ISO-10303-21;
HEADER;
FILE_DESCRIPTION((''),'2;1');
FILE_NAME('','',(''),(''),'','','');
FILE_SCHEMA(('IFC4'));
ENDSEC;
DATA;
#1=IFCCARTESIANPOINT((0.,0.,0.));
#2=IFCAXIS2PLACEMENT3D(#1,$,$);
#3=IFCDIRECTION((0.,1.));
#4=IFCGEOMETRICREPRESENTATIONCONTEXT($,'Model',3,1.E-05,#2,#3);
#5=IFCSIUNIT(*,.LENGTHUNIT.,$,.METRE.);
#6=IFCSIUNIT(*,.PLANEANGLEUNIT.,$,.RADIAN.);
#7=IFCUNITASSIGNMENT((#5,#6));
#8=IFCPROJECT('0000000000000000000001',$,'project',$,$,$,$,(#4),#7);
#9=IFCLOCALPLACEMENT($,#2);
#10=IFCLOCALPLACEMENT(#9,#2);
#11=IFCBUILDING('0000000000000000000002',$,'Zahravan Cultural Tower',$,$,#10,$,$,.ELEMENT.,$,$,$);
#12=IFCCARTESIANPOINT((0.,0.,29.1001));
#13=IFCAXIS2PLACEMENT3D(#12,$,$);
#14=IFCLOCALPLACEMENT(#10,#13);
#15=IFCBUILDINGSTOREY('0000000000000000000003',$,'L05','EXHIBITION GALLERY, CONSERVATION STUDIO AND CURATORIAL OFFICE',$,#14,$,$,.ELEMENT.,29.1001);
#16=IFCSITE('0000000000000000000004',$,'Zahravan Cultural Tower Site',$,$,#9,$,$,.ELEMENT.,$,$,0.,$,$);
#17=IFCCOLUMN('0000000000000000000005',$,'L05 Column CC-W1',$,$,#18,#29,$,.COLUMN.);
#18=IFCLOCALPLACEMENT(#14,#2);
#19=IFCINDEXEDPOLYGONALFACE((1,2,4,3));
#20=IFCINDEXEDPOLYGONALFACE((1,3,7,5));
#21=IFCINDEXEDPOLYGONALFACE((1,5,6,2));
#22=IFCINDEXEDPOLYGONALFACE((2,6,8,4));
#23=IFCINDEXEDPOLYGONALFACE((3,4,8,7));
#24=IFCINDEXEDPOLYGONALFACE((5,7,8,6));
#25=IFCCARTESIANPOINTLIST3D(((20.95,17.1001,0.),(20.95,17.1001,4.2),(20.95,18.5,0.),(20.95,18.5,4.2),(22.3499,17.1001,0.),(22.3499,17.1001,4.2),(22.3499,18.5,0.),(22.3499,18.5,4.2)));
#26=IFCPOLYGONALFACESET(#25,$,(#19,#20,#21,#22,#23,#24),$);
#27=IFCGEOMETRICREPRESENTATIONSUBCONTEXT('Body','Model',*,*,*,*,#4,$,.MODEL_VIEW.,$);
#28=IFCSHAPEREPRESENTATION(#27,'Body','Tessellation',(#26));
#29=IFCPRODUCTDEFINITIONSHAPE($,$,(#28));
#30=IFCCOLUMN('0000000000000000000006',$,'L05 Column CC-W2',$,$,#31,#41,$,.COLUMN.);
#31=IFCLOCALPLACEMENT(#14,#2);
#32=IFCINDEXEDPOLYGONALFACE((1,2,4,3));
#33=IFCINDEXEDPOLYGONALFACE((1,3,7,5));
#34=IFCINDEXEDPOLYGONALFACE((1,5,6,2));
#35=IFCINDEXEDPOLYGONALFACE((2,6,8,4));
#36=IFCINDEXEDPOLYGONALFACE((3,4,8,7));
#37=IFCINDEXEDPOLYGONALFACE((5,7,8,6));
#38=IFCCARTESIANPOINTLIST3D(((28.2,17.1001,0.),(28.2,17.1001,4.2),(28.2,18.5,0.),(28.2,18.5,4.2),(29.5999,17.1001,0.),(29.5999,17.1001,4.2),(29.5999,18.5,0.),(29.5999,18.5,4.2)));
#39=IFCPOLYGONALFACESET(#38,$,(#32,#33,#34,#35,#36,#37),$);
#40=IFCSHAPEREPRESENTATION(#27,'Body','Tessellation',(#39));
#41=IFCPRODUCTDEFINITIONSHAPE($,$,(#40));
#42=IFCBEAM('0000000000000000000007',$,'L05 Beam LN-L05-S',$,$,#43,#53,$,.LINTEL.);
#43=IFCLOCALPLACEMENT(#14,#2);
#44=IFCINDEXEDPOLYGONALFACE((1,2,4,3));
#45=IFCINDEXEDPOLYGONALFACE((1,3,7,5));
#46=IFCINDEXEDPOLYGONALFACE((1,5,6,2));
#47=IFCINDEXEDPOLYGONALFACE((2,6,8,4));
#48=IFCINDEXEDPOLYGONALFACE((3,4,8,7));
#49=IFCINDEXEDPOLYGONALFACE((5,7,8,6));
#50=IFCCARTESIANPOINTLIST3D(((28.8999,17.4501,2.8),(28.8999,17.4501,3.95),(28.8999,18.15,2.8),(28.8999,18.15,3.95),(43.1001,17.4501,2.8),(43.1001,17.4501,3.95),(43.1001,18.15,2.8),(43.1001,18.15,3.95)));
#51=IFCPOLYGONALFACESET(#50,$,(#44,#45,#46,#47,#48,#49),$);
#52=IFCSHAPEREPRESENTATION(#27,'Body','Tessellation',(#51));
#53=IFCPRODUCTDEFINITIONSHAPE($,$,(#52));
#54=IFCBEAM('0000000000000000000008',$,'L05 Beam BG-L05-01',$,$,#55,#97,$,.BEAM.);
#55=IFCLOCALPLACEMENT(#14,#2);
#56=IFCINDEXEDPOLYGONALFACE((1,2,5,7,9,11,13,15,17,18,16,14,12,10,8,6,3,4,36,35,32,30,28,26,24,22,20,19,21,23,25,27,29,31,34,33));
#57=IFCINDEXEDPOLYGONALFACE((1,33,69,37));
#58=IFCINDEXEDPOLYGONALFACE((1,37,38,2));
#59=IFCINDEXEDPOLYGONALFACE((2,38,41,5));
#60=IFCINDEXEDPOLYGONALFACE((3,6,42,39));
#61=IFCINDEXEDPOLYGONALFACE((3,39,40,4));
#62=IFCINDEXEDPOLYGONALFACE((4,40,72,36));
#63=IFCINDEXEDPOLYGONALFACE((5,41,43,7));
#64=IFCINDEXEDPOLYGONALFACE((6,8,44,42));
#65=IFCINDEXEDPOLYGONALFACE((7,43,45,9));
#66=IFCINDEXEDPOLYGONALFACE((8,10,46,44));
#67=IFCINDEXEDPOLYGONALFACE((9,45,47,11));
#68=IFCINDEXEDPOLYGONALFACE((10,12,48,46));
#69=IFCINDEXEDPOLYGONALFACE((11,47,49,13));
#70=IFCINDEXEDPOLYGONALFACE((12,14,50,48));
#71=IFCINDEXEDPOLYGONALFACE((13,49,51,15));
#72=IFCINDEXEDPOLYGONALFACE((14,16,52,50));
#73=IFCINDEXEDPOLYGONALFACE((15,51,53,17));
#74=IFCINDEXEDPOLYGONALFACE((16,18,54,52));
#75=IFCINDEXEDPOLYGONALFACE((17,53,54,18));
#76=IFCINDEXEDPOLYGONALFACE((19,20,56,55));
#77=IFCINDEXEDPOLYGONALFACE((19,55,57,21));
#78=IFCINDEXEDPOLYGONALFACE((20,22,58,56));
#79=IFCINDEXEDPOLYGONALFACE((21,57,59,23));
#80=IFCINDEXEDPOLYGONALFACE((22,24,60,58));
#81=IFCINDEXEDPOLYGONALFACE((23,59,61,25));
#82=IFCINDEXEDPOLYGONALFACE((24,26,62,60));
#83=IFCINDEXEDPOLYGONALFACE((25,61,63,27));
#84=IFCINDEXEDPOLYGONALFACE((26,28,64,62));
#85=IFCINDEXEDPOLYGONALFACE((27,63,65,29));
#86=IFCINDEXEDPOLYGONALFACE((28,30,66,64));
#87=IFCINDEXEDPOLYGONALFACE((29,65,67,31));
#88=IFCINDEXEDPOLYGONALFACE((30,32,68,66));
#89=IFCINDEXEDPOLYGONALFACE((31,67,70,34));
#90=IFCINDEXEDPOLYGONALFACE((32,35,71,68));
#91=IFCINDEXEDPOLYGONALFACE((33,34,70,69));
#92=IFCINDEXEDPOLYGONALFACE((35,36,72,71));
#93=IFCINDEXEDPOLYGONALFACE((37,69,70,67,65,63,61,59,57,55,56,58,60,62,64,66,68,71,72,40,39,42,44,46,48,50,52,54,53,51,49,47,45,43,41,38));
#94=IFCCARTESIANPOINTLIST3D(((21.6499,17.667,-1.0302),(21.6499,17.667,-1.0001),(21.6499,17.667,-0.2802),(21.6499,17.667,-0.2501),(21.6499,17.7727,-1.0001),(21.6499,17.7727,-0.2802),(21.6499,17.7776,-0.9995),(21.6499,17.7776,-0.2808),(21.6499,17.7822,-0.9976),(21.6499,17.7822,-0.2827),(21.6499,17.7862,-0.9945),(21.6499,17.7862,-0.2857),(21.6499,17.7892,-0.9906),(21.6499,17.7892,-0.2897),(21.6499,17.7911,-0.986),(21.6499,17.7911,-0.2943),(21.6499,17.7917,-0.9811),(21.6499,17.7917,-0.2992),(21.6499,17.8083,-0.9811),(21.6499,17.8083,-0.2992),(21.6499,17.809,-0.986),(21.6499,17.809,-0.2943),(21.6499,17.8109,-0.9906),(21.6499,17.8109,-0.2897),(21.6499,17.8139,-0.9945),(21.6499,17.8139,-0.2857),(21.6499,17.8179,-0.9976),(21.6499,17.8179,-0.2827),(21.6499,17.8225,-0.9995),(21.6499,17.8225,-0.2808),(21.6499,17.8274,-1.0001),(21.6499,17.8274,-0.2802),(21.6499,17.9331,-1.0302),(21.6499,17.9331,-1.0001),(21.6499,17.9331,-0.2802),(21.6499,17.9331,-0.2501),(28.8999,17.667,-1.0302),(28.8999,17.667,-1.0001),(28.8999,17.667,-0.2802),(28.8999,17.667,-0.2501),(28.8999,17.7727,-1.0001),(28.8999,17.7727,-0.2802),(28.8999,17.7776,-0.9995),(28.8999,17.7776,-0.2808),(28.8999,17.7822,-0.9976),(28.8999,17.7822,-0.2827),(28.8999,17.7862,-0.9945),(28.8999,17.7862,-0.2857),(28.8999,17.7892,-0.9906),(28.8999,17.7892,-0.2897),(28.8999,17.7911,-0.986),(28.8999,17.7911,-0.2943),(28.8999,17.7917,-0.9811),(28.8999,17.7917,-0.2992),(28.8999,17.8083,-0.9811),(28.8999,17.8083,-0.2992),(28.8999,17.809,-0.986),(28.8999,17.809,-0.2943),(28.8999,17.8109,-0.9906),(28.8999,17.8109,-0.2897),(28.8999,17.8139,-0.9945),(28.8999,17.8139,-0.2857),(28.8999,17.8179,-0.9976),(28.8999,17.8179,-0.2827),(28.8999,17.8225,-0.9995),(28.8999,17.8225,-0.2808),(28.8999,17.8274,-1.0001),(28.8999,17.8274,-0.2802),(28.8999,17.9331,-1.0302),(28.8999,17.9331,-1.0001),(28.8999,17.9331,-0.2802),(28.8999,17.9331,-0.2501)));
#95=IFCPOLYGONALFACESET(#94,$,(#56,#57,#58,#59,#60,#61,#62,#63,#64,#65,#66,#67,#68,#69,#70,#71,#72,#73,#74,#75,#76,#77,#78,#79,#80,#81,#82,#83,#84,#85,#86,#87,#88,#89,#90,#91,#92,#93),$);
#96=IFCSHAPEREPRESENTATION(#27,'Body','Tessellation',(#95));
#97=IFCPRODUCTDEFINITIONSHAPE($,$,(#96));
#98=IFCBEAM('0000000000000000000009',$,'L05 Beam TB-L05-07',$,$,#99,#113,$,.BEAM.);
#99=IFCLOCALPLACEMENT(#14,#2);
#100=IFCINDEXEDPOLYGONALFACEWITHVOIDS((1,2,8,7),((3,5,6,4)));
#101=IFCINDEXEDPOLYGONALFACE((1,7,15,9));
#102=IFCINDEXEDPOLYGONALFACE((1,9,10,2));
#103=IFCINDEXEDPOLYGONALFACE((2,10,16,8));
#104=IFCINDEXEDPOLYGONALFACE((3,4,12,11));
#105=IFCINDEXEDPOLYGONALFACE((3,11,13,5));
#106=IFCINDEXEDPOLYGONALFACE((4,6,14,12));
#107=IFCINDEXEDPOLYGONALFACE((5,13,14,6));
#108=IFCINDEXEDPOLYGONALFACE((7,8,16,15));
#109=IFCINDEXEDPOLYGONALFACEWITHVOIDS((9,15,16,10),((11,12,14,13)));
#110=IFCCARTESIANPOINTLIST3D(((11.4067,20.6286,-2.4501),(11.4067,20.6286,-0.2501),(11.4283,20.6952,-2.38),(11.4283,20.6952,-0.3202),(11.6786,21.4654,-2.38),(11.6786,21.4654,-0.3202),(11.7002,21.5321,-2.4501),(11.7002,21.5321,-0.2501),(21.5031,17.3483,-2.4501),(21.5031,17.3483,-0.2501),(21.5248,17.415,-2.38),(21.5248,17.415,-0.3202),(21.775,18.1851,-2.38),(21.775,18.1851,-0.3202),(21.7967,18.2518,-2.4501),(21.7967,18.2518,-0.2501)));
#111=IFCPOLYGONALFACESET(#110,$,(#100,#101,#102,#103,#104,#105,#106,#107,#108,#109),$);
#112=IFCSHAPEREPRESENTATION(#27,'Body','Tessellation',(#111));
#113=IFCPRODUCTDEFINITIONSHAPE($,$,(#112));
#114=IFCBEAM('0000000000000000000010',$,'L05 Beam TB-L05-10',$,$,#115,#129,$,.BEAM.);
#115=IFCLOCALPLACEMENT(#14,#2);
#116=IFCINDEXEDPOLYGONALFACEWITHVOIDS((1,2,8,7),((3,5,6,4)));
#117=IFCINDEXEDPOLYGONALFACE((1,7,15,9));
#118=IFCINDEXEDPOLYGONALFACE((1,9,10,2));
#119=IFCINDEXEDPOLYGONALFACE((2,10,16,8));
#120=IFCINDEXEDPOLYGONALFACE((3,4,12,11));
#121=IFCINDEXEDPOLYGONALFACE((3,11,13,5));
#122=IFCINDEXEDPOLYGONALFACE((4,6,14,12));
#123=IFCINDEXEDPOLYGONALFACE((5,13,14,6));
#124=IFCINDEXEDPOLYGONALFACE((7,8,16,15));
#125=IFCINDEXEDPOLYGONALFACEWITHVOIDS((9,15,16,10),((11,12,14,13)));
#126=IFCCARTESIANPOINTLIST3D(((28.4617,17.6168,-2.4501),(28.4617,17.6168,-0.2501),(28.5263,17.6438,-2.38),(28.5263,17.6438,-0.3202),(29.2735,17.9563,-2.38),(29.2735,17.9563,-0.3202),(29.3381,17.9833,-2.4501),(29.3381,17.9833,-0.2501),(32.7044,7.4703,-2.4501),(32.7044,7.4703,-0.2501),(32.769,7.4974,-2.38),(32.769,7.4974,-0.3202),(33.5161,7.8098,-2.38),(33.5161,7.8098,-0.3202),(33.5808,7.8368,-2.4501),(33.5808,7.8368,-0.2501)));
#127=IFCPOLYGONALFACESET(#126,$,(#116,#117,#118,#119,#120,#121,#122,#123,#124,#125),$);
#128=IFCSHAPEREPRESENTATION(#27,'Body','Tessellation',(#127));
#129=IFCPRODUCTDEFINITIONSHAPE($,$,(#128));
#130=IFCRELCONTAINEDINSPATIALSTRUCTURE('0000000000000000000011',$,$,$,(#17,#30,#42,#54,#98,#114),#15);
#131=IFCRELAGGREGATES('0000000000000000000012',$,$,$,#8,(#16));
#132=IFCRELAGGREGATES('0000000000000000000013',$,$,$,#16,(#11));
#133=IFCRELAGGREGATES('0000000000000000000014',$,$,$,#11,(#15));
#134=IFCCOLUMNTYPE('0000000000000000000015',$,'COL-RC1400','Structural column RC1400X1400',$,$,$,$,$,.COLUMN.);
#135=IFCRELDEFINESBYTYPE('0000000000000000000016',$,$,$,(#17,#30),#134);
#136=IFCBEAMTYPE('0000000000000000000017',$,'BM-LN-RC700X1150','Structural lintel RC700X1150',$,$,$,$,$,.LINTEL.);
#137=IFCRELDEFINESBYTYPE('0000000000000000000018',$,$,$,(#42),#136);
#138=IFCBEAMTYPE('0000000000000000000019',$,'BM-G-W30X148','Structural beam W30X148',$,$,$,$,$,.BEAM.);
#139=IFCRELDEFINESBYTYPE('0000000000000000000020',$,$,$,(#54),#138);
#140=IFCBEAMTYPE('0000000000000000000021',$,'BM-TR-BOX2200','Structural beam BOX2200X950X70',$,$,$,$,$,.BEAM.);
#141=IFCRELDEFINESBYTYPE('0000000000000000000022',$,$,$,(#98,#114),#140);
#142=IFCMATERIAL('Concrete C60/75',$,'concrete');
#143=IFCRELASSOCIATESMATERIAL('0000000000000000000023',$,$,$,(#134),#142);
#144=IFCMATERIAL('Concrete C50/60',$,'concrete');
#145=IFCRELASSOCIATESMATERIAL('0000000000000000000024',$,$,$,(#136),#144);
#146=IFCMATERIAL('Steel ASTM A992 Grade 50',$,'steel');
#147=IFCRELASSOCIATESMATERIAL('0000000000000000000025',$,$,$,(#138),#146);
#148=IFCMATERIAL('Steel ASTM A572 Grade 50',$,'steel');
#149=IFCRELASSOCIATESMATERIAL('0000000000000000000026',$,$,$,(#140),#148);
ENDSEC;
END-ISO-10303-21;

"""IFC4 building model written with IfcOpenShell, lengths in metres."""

from ifc_helpers import new_model, si_unit, direction, frame, origin, origin_2d, place, context, subcontext, project, spatial, rectangle, hollow_rectangle, i_section, extrude, source, transform, mapped, material, material_profile, profile_set, type_object, element, save


model = new_model("IFC4")

# Units and contexts
model_context = context("Model", 3, precision=1e-05, world=origin(), true_north=direction((0.0, 1.0)))
body_context = subcontext(model_context, "Body", "Model", "MODEL_VIEW")
ifc_project = project(units=[si_unit("LENGTHUNIT", "METRE"), si_unit("PLANEANGLEUNIT", "RADIAN")], contexts=[model_context])

# Site, building, storey
site_placement = place(None, origin())
site = spatial("IfcSite", under=ifc_project, at=site_placement, Name="Zahravan Cultural Tower Site", CompositionType="ELEMENT", RefElevation=0.0)
building_placement = place(site_placement, origin())
building = spatial("IfcBuilding", under=site, at=building_placement, Name="Zahravan Cultural Tower", CompositionType="ELEMENT")
storey_placement = place(building_placement, frame((0.0, 0.0, 29.1001)))
storey = spatial("IfcBuildingStorey", under=building, at=storey_placement, Name="L05", Description="EXHIBITION GALLERY, CONSERVATION STUDIO AND CURATORIAL OFFICE", CompositionType="ELEMENT", Elevation=29.1001)

# Columns
ifc_material_1 = material(Name="Concrete C60/75", Category="concrete")
ifc_material_profile_1 = material_profile(ifc_material_1, rectangle(XDim=1.3999, YDim=1.3999, at=origin_2d()), Name="RC1400X1400")
ifc_profile_set_1 = profile_set([ifc_material_profile_1], Name="Concrete C60/75")
column_type = type_object("IfcColumnType", Name="COL-RC1400", Description="Structural column RC1400X1400", PredefinedType="COLUMN", material=ifc_profile_set_1)
shared_shape_1 = source(origin(), body_context, "Body", "SweptSolid", [
    extrude(rectangle(XDim=1.3999, YDim=1.3999, at=origin_2d()), origin(), (0.0, 0.0, 1.0), 4.2),
])
for number, where, z_axis, x_axis, name in (
    (1, (21.6499, 17.8, 0.0), (0.0, 0.0, 1.0), (1.0, 0.0, 0.0), "L05 Column CC-W1"),
    (2, (28.8999, 17.8, 0.0), (0.0, 0.0, 1.0), (1.0, 0.0, 0.0), "L05 Column CC-W2"),
):
    element("IfcColumn", number, at=place(storey_placement, frame(where, z_axis=z_axis, x_axis=x_axis)), inside=storey, type_object=column_type, Name=name, PredefinedType="COLUMN", context=body_context, shape_type="MappedRepresentation", body=[
        mapped(shared_shape_1, transform((0.0, 0.0, 0.0), x_axis=(1.0, 0.0, 0.0), y_axis=(0.0, 1.0, 0.0), z_axis=(0.0, 0.0, 1.0), scale=1.0)),
    ])

# Beams
ifc_material_2 = material(Name="Concrete C50/60", Category="concrete")
ifc_material_profile_2 = material_profile(ifc_material_2, rectangle(XDim=0.7, YDim=1.1499, at=origin_2d()), Name="RC700X1150")
ifc_profile_set_2 = profile_set([ifc_material_profile_2], Name="Concrete C50/60")
beam_type_1 = type_object("IfcBeamType", Name="BM-LN-RC700X1150", Description="Structural lintel RC700X1150", PredefinedType="LINTEL", material=ifc_profile_set_2)
shared_shape_2 = source(origin(), body_context, "Body", "SweptSolid", [
    extrude(rectangle(XDim=0.7, YDim=1.1499, at=origin_2d()), origin(), (0.0, 0.0, 1.0), 14.2002),
])
beam_1_placement = place(storey_placement, frame((28.8999, 17.8, 3.375), z_axis=(1.0, 0.0, 0.0), x_axis=(0.0, 1.0, 0.0)))
element("IfcBeam", 3, at=beam_1_placement, inside=storey, type_object=beam_type_1, Name="L05 Beam LN-L05-S", PredefinedType="LINTEL", context=body_context, shape_type="MappedRepresentation", body=[
    mapped(shared_shape_2, transform((0.0, 0.0, 0.0), x_axis=(1.0, 0.0, 0.0), y_axis=(0.0, 1.0, 0.0), z_axis=(0.0, 0.0, 1.0), scale=1.0)),
])
ifc_material_3 = material(Name="Steel ASTM A992 Grade 50", Category="steel")
ifc_material_profile_3 = material_profile(ifc_material_3, i_section(OverallWidth=0.2661, OverallDepth=0.78, WebThickness=0.0166, FlangeThickness=0.03, FilletRadius=0.019, at=origin_2d()), Name="W30X148")
ifc_profile_set_3 = profile_set([ifc_material_profile_3], Name="Steel ASTM A992 Grade 50")
beam_type_2 = type_object("IfcBeamType", Name="BM-G-W30X148", Description="Structural beam W30X148", PredefinedType="BEAM", material=ifc_profile_set_3)
shared_shape_3 = source(origin(), body_context, "Body", "SweptSolid", [
    extrude(i_section(OverallWidth=0.2661, OverallDepth=0.78, WebThickness=0.0166, FlangeThickness=0.03, FilletRadius=0.019, at=origin_2d()), origin(), (0.0, 0.0, 1.0), 7.25),
])
beam_2_placement = place(storey_placement, frame((21.6499, 17.8, -0.6401), z_axis=(1.0, 0.0, 0.0), x_axis=(0.0, 1.0, 0.0)))
element("IfcBeam", 4, at=beam_2_placement, inside=storey, type_object=beam_type_2, Name="L05 Beam BG-L05-01", PredefinedType="BEAM", context=body_context, shape_type="MappedRepresentation", body=[
    mapped(shared_shape_3, transform((0.0, 0.0, 0.0), x_axis=(1.0, 0.0, 0.0), y_axis=(0.0, 1.0, 0.0), z_axis=(0.0, 0.0, 1.0), scale=1.0)),
])
ifc_material_4 = material(Name="Steel ASTM A572 Grade 50", Category="steel")
ifc_material_profile_4 = material_profile(ifc_material_4, hollow_rectangle(XDim=0.95, YDim=2.2, WallThickness=0.0701, at=origin_2d()), Name="BOX2200X950X70")
ifc_profile_set_4 = profile_set([ifc_material_profile_4], Name="Steel ASTM A572 Grade 50")
beam_type_3 = type_object("IfcBeamType", Name="BM-TR-BOX2200", Description="Structural beam BOX2200X950X70", PredefinedType="BEAM", material=ifc_profile_set_4)
shared_shape_4 = source(origin(), body_context, "Body", "SweptSolid", [
    extrude(hollow_rectangle(XDim=0.95, YDim=2.2, WallThickness=0.0701, at=origin_2d()), origin(), (0.0, 0.0, 1.0), 10.616),
])
beam_3_placement = place(storey_placement, frame((21.6499, 17.8, -1.3501), z_axis=(-0.951064, 0.308995, 0.0), x_axis=(-0.308995, -0.951064, 0.0)))
element("IfcBeam", 5, at=beam_3_placement, inside=storey, type_object=beam_type_3, Name="L05 Beam TB-L05-07", PredefinedType="BEAM", context=body_context, shape_type="MappedRepresentation", body=[
    mapped(shared_shape_4, transform((0.0, 0.0, 0.0), x_axis=(1.0, 0.0, 0.0), y_axis=(0.0, 1.0, 0.0), z_axis=(0.0, 0.0, 1.0), scale=1.0)),
])
shared_shape_5 = source(origin(), body_context, "Body", "SweptSolid", [
    extrude(hollow_rectangle(XDim=0.95, YDim=2.2, WallThickness=0.0701, at=origin_2d()), origin(), (0.0, 0.0, 1.0), 10.9978),
])
beam_4_placement = place(storey_placement, frame((28.8999, 17.8, -1.3501), z_axis=(0.385775, -0.922593, 0.0), x_axis=(0.922593, 0.385775, 0.0)))
element("IfcBeam", 6, at=beam_4_placement, inside=storey, type_object=beam_type_3, Name="L05 Beam TB-L05-10", PredefinedType="BEAM", context=body_context, shape_type="MappedRepresentation", body=[
    mapped(shared_shape_5, transform((0.0, 0.0, 0.0), x_axis=(1.0, 0.0, 0.0), y_axis=(0.0, 1.0, 0.0), z_axis=(0.0, 0.0, 1.0), scale=1.0)),
])

save(model, "model.ifc")
